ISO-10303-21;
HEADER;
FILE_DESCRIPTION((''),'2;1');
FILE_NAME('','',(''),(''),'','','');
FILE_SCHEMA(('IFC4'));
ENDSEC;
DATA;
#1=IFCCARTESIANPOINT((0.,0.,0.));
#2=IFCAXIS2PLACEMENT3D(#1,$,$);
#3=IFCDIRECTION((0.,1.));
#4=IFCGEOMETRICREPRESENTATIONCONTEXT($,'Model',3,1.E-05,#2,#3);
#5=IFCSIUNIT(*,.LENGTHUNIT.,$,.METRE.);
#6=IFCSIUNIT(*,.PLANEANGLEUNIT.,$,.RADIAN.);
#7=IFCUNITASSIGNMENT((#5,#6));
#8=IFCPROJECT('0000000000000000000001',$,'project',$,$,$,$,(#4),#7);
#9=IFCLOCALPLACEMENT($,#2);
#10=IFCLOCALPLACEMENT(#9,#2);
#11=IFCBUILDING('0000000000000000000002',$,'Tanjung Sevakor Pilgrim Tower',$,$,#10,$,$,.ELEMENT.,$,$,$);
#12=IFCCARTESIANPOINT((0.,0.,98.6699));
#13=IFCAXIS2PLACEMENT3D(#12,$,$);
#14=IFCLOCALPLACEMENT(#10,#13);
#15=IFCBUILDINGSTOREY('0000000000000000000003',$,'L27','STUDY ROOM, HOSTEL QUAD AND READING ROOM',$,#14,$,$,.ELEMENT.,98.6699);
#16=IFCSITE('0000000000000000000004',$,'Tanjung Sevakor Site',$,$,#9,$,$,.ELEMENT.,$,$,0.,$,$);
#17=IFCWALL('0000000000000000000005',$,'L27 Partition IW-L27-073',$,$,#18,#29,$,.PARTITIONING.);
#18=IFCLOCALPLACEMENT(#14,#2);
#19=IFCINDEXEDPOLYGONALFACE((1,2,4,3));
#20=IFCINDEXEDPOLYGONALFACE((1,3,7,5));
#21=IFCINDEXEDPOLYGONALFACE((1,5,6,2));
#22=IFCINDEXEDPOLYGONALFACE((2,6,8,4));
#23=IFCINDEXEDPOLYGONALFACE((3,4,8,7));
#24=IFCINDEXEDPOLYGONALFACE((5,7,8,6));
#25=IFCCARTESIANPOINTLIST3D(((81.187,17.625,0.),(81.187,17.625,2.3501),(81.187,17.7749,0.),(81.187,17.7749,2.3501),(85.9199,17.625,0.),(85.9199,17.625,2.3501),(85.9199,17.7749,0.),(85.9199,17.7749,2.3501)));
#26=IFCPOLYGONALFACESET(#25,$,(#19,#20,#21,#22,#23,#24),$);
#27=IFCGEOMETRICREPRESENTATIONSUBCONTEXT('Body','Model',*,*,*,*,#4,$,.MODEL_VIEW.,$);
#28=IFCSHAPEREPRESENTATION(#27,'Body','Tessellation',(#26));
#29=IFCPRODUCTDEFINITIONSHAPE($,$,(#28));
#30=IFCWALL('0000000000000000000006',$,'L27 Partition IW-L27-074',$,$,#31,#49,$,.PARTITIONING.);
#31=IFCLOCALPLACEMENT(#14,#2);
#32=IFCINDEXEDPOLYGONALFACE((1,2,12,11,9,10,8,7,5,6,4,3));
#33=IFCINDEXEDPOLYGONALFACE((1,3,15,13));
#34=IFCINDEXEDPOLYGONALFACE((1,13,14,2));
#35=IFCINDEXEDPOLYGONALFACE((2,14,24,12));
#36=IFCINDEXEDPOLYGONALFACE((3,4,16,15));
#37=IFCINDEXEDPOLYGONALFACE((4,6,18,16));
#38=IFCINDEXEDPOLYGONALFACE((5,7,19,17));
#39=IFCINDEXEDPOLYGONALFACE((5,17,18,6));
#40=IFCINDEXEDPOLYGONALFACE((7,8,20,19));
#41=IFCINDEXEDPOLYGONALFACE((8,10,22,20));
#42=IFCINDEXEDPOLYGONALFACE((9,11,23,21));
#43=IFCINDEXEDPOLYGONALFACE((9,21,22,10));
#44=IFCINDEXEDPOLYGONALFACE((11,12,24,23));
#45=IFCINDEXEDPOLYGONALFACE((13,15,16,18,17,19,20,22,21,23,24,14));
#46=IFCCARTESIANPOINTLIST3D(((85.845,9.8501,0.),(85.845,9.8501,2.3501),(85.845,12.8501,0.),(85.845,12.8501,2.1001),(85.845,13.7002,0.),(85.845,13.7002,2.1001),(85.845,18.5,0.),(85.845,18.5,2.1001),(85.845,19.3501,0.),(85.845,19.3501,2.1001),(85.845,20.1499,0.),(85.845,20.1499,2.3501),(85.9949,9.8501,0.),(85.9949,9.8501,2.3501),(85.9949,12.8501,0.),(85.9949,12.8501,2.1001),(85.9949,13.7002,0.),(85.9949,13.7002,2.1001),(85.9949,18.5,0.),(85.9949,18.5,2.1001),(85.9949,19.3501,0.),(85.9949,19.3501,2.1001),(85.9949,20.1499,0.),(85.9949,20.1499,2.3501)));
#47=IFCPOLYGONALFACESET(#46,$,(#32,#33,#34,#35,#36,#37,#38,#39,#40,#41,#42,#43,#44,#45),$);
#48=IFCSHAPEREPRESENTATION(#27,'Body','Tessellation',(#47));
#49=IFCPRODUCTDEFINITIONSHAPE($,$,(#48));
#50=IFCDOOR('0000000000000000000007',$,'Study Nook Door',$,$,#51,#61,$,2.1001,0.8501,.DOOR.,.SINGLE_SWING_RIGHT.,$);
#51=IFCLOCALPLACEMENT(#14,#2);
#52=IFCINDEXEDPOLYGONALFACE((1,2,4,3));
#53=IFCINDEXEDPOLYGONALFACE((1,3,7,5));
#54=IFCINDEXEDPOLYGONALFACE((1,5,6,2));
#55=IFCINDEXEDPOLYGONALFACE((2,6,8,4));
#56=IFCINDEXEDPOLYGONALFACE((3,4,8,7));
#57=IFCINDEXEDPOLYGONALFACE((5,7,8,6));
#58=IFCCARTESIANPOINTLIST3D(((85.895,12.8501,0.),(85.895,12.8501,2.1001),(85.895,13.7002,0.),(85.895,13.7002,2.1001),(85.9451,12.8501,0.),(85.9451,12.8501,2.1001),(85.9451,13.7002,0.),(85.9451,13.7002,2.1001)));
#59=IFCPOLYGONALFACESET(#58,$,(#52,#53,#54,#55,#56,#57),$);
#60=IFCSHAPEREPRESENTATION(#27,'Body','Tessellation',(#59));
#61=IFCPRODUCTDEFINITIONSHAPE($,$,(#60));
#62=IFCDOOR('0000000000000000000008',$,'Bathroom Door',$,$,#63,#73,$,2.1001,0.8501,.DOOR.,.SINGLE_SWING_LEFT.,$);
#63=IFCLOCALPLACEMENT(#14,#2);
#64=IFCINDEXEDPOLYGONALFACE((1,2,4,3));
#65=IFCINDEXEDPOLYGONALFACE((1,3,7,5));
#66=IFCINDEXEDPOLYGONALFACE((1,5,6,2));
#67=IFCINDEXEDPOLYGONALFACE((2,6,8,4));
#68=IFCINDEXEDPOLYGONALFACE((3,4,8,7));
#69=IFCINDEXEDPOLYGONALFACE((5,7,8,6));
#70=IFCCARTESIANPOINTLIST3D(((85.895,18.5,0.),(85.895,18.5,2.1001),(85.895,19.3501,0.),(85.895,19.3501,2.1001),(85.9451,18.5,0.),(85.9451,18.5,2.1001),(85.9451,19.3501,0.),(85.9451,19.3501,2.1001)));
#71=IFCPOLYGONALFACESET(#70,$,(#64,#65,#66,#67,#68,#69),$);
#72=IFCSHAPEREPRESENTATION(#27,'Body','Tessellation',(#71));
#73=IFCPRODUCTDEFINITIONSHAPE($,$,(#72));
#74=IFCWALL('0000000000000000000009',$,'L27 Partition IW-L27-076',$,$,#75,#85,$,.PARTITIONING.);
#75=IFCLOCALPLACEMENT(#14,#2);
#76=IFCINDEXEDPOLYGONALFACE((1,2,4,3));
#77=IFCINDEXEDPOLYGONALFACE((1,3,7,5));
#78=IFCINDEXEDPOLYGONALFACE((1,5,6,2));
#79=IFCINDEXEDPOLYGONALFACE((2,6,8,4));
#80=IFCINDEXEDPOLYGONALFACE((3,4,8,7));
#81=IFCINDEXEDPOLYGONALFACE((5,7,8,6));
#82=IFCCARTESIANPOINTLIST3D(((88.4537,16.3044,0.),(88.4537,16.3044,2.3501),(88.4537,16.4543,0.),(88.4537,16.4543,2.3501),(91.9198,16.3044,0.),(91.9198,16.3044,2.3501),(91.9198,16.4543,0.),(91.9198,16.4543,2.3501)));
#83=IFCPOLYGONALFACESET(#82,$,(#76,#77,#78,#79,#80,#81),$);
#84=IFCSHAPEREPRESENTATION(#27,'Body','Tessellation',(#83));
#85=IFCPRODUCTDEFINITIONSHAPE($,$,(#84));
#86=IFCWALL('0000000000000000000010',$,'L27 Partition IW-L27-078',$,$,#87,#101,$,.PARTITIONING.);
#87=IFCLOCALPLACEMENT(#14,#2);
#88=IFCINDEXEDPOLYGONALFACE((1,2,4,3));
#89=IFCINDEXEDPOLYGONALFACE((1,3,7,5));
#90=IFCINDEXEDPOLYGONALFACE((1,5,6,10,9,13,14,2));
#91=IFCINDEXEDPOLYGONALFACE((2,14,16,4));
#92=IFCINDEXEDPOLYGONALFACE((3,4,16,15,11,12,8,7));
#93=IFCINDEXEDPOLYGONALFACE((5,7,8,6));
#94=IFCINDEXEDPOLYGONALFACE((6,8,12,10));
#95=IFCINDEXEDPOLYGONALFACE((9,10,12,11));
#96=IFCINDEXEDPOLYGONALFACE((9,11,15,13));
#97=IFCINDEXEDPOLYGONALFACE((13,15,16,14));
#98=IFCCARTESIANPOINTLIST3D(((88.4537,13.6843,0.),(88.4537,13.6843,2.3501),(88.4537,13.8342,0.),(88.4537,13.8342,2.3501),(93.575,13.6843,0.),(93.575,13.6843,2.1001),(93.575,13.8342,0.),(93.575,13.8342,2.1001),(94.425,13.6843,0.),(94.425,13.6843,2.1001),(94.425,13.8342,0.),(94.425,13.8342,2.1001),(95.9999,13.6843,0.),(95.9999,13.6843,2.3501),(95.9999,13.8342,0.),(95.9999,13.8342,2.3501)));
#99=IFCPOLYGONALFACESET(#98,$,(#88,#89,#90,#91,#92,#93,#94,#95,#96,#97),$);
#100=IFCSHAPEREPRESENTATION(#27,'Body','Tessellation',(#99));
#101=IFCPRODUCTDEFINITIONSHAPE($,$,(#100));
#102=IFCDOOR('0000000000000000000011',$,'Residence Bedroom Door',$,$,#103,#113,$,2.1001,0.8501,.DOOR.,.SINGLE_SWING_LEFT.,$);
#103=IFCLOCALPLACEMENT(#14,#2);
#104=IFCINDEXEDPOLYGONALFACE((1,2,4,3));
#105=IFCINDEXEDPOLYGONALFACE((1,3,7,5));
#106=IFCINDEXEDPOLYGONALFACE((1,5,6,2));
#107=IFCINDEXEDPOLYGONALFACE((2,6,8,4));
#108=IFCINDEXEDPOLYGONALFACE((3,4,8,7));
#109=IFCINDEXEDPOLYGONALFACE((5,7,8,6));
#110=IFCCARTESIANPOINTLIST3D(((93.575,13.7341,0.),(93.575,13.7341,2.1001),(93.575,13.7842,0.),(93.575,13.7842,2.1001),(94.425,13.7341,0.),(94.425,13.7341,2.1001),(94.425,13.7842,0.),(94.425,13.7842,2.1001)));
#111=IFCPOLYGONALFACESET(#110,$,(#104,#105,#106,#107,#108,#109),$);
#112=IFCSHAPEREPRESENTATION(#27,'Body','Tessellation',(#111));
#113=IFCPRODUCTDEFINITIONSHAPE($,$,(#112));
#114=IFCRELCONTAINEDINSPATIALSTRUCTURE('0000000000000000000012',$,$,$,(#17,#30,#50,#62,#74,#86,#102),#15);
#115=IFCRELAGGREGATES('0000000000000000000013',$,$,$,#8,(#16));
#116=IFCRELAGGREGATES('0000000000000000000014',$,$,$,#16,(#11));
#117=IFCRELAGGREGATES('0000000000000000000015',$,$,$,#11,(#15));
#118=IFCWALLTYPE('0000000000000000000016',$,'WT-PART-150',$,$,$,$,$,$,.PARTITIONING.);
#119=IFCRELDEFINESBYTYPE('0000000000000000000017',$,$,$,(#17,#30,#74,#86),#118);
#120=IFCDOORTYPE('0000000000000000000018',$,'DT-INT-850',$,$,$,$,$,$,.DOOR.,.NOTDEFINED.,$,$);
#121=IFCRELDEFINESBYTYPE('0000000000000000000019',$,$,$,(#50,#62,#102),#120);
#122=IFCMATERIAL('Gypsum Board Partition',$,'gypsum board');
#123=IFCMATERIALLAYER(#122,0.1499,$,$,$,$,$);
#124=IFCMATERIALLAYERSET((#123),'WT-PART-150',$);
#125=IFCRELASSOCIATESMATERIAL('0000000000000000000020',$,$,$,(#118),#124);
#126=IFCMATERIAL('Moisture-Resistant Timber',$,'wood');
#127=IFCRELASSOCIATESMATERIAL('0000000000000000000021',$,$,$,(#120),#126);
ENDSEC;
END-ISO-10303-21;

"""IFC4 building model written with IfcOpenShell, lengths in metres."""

from ifc_helpers import new_model, si_unit, direction, frame, frame_2d, origin, place, context, subcontext, project, spatial, rectangle, extrude, material, layer, layer_set, type_object, element, fill, save


model = new_model("IFC4")

# Units and contexts
model_context = context("Model", 3, precision=1e-05, world=origin(), true_north=direction((0.0, 1.0)))
body_context = subcontext(model_context, "Body", "Model", "MODEL_VIEW")
ifc_project = project(units=[si_unit("LENGTHUNIT", "METRE"), si_unit("PLANEANGLEUNIT", "RADIAN")], contexts=[model_context])

# Site, building, storey
site_placement = place(None, origin())
site = spatial("IfcSite", under=ifc_project, at=site_placement, Name="Tanjung Sevakor Site", CompositionType="ELEMENT", RefElevation=0.0)
building_placement = place(site_placement, origin())
building = spatial("IfcBuilding", under=site, at=building_placement, Name="Tanjung Sevakor Pilgrim Tower", CompositionType="ELEMENT")
storey_placement = place(building_placement, frame((0.0, 0.0, 98.6699)))
storey = spatial("IfcBuildingStorey", under=building, at=storey_placement, Name="L27", Description="STUDY ROOM, HOSTEL QUAD AND READING ROOM", CompositionType="ELEMENT", Elevation=98.6699)

# Wall
ifc_material_1 = material(Name="Gypsum Board Partition", Category="gypsum board")
ifc_layer_1 = layer(ifc_material_1, 0.1499)
ifc_layer_set_1 = layer_set([ifc_layer_1], Name="WT-PART-150")
wall_type_1 = type_object("IfcWallType", Name="WT-PART-150", PredefinedType="PARTITIONING", material=ifc_layer_set_1)
wall_1_placement = place(storey_placement, frame((81.187, 17.7, 0.0), z_axis=(0.0, 0.0, 1.0), x_axis=(1.0, 0.0, 0.0)))
element("IfcWall", 1, at=wall_1_placement, inside=storey, type_object=wall_type_1, Name="L27 Partition IW-L27-073", PredefinedType="PARTITIONING", context=body_context, shape_type="SweptSolid", body=[
    extrude(rectangle(XDim=4.7329, YDim=0.1499, at=frame_2d((2.3665, 0.0))), origin(), (0.0, 0.0, 1.0), 2.3501),
])

# Wall, openings, doors
wall_2_placement = place(storey_placement, frame((85.9199, 9.8501, 0.0), z_axis=(0.0, 0.0, 1.0), x_axis=(0.0, 1.0, 0.0)))
wall_2 = element("IfcWall", 2, at=wall_2_placement, inside=storey, type_object=wall_type_1, Name="L27 Partition IW-L27-074", PredefinedType="PARTITIONING", context=body_context, shape_type="SweptSolid", body=[
    extrude(rectangle(XDim=10.2998, YDim=0.1499, at=frame_2d((5.1499, 0.0))), origin(), (0.0, 0.0, 1.0), 2.3501),
])
opening_1_placement = place(wall_2_placement, frame((3.0, 0.0, 0.0)))
opening_1 = element("IfcOpeningElement", 3, at=opening_1_placement, cuts=wall_2, PredefinedType="OPENING", context=body_context, shape_type="SweptSolid", body=[
    extrude(rectangle(XDim=0.8501, YDim=2.1001, at=frame_2d((0.425, 1.05))), frame((0.0, 0.085, 0.0), z_axis=(0.0, -1.0, 0.0), x_axis=(1.0, 0.0, 0.0)), (0.0, 0.0, 1.0), 0.1699),
])
opening_2_placement = place(wall_2_placement, frame((8.6499, 0.0, 0.0)))
opening_2 = element("IfcOpeningElement", 4, at=opening_2_placement, cuts=wall_2, PredefinedType="OPENING", context=body_context, shape_type="SweptSolid", body=[
    extrude(rectangle(XDim=0.8501, YDim=2.1001, at=frame_2d((0.425, 1.05))), frame((0.0, 0.085, 0.0), z_axis=(0.0, -1.0, 0.0), x_axis=(1.0, 0.0, 0.0)), (0.0, 0.0, 1.0), 0.1699),
])
ifc_material_2 = material(Name="Moisture-Resistant Timber", Category="wood")
door_type_1 = type_object("IfcDoorType", Name="DT-INT-850", OperationType="NOTDEFINED", PredefinedType="DOOR", material=ifc_material_2)
door_1_placement = place(opening_1_placement, origin())
door_1 = element("IfcDoor", 5, at=door_1_placement, inside=storey, type_object=door_type_1, Name="Study Nook Door", OperationType="SINGLE_SWING_RIGHT", OverallHeight=2.1001, OverallWidth=0.8501, PredefinedType="DOOR", context=body_context, shape_type="SweptSolid", body=[
    extrude(rectangle(XDim=0.8501, YDim=2.1001, at=frame_2d((0.425, 1.05))), frame((0.0, 0.0249, 0.0), z_axis=(0.0, -1.0, 0.0), x_axis=(1.0, 0.0, 0.0)), (0.0, 0.0, 1.0), 0.05),
])
fill(opening_1, door_1)
door_2_placement = place(opening_2_placement, origin())
door_2 = element("IfcDoor", 6, at=door_2_placement, inside=storey, type_object=door_type_1, Name="Bathroom Door", OperationType="SINGLE_SWING_LEFT", OverallHeight=2.1001, OverallWidth=0.8501, PredefinedType="DOOR", context=body_context, shape_type="SweptSolid", body=[
    extrude(rectangle(XDim=0.8501, YDim=2.1001, at=frame_2d((0.425, 1.05))), frame((0.0, 0.0249, 0.0), z_axis=(0.0, -1.0, 0.0), x_axis=(1.0, 0.0, 0.0)), (0.0, 0.0, 1.0), 0.05),
])
fill(opening_2, door_2)

# Wall
wall_3_placement = place(storey_placement, frame((88.4539, 16.3794, 0.0), z_axis=(0.0, 0.0, 1.0), x_axis=(1.0, 0.0, 0.0)))
element("IfcWall", 7, at=wall_3_placement, inside=storey, type_object=wall_type_1, Name="L27 Partition IW-L27-076", PredefinedType="PARTITIONING", context=body_context, shape_type="SweptSolid", body=[
    extrude(rectangle(XDim=3.4661, YDim=0.1499, at=frame_2d((1.7329, 0.0))), origin(), (0.0, 0.0, 1.0), 2.3501),
])

# Wall, opening, door
wall_4_placement = place(storey_placement, frame((88.4539, 13.7593, 0.0), z_axis=(0.0, 0.0, 1.0), x_axis=(1.0, 0.0, 0.0)))
wall_4 = element("IfcWall", 8, at=wall_4_placement, inside=storey, type_object=wall_type_1, Name="L27 Partition IW-L27-078", PredefinedType="PARTITIONING", context=body_context, shape_type="SweptSolid", body=[
    extrude(rectangle(XDim=7.5461, YDim=0.1499, at=frame_2d((3.7729, 0.0))), origin(), (0.0, 0.0, 1.0), 2.3501),
])
opening_3_placement = place(wall_4_placement, frame((5.1211, 0.0, 0.0)))
opening_3 = element("IfcOpeningElement", 9, at=opening_3_placement, cuts=wall_4, PredefinedType="OPENING", context=body_context, shape_type="SweptSolid", body=[
    extrude(rectangle(XDim=0.8501, YDim=2.1001, at=frame_2d((0.425, 1.05))), frame((0.0, 0.085, 0.0), z_axis=(0.0, -1.0, 0.0), x_axis=(1.0, 0.0, 0.0)), (0.0, 0.0, 1.0), 0.1699),
])
door_3_placement = place(opening_3_placement, origin())
door_3 = element("IfcDoor", 10, at=door_3_placement, inside=storey, type_object=door_type_1, Name="Residence Bedroom Door", OperationType="SINGLE_SWING_LEFT", OverallHeight=2.1001, OverallWidth=0.8501, PredefinedType="DOOR", context=body_context, shape_type="SweptSolid", body=[
    extrude(rectangle(XDim=0.8501, YDim=2.1001, at=frame_2d((0.425, 1.05))), frame((0.0, 0.0249, 0.0), z_axis=(0.0, -1.0, 0.0), x_axis=(1.0, 0.0, 0.0)), (0.0, 0.0, 1.0), 0.05),
])
fill(opening_3, door_3)

save(model, "model.ifc")
